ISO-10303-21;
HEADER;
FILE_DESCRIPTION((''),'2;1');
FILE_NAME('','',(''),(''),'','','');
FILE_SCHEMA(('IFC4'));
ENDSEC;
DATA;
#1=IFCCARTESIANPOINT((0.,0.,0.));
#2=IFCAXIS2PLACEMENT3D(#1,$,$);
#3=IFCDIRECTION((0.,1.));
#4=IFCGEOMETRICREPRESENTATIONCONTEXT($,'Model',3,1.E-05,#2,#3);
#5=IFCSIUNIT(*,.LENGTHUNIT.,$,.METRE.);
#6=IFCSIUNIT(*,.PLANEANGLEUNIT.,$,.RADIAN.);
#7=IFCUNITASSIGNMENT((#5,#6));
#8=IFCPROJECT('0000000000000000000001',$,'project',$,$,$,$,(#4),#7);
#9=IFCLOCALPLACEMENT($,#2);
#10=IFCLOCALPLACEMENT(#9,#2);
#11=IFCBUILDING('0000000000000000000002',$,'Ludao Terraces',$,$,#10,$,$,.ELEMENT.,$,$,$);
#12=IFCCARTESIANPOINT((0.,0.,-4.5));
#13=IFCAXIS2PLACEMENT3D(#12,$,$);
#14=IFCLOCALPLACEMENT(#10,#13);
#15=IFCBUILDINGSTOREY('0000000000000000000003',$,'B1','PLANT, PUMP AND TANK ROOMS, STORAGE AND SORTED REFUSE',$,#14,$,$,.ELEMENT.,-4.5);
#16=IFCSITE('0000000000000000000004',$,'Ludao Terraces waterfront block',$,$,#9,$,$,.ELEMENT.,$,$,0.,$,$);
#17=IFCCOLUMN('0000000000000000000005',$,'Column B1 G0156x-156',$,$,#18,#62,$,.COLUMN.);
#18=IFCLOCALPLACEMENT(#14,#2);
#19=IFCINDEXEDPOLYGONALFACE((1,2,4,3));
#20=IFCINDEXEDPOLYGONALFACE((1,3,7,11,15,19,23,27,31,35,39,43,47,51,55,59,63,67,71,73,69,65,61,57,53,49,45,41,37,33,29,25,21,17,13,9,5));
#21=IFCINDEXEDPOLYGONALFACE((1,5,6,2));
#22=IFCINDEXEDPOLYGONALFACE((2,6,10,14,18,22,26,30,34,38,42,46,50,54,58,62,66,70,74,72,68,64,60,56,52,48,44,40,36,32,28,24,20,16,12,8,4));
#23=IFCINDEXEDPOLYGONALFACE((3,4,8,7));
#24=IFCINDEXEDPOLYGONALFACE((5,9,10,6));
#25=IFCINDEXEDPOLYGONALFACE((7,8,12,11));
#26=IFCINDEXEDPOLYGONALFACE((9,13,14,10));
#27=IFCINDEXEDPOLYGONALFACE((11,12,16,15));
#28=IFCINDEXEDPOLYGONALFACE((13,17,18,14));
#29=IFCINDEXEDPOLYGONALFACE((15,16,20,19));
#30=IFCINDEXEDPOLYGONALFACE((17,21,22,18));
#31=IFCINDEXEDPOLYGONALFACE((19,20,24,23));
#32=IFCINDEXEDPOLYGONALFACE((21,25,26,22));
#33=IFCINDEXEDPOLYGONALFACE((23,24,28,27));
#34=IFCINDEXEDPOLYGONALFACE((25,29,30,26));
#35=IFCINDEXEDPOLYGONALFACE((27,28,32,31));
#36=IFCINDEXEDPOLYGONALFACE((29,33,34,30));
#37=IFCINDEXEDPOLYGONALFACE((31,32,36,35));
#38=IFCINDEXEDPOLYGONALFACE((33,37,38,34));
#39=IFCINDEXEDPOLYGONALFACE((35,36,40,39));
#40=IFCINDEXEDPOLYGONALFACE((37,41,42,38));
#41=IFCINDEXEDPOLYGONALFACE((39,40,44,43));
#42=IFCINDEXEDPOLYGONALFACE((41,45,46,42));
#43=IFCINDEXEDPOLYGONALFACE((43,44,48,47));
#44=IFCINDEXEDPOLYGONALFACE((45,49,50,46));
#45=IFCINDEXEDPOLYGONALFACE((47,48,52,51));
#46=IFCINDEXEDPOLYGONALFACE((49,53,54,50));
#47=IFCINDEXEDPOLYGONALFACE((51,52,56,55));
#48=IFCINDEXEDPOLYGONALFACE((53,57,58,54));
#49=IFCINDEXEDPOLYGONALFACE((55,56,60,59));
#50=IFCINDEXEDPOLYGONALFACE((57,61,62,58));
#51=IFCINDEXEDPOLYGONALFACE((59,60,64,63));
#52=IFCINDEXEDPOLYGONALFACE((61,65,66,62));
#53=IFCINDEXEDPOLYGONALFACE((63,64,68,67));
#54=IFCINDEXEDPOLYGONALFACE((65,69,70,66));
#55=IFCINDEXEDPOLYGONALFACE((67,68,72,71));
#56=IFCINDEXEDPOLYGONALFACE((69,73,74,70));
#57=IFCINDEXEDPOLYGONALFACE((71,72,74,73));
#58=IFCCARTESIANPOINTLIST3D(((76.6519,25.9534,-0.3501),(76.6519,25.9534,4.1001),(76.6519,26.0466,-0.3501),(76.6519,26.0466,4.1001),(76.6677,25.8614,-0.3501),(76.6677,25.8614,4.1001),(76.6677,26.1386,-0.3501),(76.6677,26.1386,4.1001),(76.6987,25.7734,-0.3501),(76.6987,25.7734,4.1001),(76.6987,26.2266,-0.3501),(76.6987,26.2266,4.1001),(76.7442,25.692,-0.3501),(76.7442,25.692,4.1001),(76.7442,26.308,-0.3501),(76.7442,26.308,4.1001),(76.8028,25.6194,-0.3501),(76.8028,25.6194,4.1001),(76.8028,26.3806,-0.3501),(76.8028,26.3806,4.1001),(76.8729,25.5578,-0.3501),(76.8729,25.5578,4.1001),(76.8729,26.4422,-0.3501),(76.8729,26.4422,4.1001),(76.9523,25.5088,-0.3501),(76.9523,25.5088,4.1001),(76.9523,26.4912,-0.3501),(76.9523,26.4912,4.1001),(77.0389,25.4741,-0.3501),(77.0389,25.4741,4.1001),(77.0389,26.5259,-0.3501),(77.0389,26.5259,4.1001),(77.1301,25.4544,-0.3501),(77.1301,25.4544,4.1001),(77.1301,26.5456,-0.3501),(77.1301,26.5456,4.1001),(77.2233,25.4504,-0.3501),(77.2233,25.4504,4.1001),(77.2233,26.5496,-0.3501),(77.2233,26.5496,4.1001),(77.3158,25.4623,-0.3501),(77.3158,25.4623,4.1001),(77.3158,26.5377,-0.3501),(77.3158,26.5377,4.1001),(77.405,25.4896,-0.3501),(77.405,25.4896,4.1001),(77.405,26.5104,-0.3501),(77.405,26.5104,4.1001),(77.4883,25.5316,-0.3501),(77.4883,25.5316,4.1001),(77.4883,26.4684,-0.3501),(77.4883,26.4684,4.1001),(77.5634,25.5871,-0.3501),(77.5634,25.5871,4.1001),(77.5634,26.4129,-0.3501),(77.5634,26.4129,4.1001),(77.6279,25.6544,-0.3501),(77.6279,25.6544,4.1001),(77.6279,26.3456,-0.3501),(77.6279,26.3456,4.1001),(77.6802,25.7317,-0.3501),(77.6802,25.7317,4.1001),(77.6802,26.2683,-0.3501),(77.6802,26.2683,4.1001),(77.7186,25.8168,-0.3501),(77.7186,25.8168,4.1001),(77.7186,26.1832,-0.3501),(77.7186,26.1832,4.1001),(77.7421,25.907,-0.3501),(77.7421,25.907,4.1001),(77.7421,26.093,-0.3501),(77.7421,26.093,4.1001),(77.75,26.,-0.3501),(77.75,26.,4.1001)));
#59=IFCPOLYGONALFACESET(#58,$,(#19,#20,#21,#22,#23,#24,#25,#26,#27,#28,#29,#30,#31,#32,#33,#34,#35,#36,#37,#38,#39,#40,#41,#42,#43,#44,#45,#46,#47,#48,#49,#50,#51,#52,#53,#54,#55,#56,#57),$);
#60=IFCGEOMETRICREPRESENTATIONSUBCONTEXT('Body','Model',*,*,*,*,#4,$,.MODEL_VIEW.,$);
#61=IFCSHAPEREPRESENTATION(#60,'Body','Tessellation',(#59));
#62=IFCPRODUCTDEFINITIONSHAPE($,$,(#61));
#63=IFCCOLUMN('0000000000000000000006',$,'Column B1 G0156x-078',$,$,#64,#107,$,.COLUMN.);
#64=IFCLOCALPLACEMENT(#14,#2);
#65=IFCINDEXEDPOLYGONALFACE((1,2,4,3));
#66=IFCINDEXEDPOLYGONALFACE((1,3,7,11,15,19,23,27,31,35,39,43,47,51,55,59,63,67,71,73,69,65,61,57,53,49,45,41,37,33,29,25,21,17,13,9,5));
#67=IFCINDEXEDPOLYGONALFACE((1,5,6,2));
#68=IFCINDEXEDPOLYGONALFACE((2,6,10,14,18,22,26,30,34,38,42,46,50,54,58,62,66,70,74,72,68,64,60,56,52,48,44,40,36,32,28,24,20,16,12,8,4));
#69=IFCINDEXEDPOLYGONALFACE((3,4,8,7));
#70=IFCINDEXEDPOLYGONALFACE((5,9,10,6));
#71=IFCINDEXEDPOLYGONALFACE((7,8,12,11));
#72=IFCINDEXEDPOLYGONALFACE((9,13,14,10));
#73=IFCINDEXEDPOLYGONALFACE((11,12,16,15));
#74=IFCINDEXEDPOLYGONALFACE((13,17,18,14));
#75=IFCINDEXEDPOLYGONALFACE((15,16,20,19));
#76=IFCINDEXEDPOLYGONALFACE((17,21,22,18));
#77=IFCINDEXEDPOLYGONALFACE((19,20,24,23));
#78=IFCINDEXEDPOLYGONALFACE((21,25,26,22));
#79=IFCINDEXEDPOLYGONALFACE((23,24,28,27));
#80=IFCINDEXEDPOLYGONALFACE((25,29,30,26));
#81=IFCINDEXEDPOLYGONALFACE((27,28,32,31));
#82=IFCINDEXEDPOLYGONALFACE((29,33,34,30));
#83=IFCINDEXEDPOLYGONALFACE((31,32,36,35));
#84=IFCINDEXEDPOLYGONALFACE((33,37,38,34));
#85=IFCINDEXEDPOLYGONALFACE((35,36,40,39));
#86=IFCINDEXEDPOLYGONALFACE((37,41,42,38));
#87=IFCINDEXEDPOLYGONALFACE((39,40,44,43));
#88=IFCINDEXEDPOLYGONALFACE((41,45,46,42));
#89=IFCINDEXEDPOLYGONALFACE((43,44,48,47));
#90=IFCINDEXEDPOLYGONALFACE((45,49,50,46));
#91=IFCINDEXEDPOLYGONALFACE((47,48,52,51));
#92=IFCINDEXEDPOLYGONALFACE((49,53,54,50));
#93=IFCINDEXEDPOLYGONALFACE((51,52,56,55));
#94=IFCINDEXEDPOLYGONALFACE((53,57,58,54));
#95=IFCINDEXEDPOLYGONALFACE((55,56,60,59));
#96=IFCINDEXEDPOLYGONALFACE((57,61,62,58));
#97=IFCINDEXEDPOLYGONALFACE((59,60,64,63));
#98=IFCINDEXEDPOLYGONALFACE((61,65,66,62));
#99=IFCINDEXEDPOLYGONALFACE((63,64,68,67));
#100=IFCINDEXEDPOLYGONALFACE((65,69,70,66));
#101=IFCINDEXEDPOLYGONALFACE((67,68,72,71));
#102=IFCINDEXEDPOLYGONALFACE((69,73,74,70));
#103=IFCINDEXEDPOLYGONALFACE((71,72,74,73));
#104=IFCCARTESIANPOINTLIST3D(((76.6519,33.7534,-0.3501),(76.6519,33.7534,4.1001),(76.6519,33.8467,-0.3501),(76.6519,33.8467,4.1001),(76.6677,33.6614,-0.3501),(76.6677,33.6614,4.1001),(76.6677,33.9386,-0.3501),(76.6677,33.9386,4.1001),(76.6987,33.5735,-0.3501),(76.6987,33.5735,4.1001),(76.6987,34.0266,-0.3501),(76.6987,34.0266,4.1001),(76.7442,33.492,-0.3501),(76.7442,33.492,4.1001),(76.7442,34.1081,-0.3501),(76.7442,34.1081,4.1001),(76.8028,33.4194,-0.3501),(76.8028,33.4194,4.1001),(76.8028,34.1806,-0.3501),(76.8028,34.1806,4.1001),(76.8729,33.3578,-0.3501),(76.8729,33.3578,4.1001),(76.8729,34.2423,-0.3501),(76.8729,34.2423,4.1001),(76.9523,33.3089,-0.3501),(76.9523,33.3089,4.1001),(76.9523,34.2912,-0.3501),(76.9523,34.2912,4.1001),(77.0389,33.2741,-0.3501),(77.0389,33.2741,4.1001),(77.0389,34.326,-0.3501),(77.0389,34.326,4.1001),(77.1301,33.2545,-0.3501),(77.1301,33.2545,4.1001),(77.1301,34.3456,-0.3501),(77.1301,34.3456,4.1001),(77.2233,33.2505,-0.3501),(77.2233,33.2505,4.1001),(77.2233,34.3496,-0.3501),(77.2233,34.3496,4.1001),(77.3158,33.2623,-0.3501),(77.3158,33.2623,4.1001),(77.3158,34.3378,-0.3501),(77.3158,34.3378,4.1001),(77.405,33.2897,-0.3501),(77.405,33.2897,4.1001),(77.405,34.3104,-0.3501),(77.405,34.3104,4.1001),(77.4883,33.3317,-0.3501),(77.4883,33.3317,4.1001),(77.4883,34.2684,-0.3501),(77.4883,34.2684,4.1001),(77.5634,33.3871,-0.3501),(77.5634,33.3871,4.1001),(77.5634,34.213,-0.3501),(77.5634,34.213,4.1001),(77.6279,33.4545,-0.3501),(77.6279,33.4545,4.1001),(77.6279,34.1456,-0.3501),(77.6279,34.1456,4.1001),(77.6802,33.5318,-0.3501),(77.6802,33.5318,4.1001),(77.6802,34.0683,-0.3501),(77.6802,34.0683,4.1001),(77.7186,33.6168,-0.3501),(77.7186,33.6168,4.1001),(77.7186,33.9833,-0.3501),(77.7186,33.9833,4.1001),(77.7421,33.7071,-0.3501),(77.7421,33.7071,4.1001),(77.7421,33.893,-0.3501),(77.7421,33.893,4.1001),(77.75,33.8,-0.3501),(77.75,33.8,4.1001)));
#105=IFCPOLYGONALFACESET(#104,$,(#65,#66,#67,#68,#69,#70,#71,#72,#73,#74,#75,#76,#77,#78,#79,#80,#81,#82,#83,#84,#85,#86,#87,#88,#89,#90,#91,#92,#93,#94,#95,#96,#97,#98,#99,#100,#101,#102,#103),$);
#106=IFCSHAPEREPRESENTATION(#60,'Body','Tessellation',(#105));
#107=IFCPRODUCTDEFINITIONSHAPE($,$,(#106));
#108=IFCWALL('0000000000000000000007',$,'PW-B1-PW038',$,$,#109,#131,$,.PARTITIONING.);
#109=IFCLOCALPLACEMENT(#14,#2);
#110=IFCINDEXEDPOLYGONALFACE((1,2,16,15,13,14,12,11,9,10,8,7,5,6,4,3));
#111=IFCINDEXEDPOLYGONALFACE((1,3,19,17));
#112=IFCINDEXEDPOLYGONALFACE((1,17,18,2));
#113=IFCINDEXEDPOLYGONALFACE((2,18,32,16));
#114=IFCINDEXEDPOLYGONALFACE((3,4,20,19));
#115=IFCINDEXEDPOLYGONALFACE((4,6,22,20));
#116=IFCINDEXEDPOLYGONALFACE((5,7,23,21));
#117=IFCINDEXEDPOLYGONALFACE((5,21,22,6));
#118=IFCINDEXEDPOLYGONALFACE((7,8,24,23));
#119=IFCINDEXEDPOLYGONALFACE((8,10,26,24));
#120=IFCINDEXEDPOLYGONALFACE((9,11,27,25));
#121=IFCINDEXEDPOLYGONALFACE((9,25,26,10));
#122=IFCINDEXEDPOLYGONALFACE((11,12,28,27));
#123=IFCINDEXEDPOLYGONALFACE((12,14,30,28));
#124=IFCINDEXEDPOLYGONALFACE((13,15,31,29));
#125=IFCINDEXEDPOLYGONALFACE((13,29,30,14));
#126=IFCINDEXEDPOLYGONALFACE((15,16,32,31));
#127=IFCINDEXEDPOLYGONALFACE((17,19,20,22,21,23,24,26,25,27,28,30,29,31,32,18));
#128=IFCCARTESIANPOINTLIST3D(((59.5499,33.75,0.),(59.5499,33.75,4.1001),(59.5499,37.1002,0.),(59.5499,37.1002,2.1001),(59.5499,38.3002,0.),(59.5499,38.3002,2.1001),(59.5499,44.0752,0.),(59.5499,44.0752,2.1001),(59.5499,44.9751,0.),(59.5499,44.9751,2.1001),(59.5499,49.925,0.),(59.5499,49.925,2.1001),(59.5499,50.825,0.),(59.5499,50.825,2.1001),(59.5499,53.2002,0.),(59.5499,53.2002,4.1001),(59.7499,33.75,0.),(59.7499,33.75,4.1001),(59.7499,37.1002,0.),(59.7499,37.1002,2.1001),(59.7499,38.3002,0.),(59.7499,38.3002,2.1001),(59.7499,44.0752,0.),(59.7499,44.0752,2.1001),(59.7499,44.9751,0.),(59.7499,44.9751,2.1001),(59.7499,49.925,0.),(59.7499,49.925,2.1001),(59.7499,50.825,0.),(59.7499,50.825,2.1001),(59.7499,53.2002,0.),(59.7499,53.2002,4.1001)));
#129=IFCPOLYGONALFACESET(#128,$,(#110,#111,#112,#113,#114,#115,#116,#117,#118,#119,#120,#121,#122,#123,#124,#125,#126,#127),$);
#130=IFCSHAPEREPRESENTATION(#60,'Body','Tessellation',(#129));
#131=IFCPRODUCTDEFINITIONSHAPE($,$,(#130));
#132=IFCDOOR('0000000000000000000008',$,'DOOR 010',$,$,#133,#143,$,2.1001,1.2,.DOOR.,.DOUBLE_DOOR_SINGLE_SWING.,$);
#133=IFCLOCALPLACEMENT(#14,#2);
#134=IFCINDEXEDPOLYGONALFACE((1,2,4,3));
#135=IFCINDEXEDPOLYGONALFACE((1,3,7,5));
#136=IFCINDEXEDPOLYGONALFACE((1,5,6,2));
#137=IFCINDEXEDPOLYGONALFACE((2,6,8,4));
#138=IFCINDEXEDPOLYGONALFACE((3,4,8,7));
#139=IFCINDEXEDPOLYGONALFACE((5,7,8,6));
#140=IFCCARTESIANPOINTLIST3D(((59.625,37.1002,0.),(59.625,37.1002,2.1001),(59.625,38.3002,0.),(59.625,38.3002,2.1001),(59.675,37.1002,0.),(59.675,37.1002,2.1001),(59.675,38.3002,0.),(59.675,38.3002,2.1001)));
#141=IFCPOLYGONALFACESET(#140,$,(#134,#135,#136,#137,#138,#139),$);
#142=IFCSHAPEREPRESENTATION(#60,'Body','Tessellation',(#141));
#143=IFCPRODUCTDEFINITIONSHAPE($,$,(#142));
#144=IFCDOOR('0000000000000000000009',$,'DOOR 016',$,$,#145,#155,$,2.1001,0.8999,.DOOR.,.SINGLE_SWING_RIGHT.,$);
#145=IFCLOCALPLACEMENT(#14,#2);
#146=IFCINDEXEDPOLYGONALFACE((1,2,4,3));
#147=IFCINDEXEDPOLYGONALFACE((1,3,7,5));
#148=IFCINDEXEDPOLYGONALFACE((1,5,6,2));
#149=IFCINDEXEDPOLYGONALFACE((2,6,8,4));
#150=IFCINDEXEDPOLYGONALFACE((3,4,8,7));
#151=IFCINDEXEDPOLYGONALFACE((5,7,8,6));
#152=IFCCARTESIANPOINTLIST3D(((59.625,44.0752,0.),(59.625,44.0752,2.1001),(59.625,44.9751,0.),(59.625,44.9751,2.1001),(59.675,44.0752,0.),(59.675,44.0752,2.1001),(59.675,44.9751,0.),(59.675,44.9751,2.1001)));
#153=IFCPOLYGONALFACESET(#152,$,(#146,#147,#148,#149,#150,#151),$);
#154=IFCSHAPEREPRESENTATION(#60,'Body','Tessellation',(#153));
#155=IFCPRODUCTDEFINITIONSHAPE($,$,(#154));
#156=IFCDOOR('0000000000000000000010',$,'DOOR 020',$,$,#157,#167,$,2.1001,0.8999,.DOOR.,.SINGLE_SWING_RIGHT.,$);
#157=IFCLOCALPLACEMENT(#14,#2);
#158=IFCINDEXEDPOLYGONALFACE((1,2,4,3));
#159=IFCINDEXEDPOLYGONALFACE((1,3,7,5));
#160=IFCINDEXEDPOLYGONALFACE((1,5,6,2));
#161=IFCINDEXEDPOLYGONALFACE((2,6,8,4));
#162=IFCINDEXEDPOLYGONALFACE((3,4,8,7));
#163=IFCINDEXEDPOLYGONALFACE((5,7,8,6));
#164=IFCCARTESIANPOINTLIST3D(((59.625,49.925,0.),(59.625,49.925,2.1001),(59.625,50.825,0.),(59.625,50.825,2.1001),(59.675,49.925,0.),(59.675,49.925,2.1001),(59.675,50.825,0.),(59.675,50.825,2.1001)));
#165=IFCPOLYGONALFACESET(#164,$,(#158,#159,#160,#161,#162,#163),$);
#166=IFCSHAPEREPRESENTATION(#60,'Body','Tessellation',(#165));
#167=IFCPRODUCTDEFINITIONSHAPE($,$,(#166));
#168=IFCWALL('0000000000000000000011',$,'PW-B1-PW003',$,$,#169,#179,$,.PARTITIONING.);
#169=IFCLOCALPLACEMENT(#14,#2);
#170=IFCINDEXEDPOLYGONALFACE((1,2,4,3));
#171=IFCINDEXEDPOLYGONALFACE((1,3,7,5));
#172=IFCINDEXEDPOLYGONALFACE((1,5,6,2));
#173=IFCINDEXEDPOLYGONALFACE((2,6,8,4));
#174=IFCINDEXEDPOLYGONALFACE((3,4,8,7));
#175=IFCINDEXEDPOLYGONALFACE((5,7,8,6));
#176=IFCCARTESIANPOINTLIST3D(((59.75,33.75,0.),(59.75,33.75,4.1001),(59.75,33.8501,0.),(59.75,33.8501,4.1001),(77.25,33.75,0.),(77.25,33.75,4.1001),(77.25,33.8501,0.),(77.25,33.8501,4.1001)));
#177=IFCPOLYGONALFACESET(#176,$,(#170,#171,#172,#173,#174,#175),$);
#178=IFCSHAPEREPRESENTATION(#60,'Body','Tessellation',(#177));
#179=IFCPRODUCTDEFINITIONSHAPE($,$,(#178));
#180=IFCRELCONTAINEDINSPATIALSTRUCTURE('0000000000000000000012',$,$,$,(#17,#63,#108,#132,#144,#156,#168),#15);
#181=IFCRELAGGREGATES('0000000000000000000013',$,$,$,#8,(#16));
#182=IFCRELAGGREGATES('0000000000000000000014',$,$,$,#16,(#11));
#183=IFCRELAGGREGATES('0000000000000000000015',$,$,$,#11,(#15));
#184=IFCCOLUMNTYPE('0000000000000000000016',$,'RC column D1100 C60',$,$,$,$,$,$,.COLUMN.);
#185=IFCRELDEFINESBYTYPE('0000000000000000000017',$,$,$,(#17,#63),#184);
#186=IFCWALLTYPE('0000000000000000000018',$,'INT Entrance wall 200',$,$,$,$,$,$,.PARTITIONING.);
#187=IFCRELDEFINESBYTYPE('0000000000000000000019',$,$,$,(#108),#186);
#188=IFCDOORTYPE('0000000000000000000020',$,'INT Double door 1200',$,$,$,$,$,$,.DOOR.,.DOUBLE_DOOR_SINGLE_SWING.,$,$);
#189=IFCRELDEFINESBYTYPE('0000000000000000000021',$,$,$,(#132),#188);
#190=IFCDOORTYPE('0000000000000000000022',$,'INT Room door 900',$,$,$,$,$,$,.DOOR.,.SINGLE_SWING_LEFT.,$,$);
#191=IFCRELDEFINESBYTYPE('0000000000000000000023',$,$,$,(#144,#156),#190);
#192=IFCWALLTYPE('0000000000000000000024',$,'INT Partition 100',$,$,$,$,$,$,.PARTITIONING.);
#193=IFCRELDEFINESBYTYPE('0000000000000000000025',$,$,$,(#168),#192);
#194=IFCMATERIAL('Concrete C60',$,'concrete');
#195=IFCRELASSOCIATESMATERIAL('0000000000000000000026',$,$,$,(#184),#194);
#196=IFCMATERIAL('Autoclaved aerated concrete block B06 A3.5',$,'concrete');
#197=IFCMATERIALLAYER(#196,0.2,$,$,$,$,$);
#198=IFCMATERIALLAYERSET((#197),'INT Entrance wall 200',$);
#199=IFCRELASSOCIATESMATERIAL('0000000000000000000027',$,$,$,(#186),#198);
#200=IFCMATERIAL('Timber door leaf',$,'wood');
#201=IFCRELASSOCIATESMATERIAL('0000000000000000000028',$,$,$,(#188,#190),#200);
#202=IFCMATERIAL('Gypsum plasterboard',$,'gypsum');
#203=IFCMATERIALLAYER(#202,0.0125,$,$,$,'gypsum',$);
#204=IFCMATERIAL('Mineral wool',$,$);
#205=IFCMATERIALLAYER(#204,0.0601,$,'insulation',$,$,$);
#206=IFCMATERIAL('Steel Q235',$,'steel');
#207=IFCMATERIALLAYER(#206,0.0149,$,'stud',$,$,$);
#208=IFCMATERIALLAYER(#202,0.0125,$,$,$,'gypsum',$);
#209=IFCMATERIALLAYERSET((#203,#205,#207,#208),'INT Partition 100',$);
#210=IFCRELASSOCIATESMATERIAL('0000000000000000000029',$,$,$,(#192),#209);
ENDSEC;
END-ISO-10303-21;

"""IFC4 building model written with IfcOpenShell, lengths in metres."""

from ifc_helpers import new_model, si_unit, direction, frame, frame_2d, origin, origin_2d, place, context, subcontext, project, spatial, rectangle, circle, extrude, material, layer, layer_set, material_profile, profile_set, type_object, element, fill, save


model = new_model("IFC4")

# Units and contexts
model_context = context("Model", 3, precision=1e-05, world=origin(), true_north=direction((0.0, 1.0)))
body_context = subcontext(model_context, "Body", "Model", "MODEL_VIEW")
ifc_project = project(units=[si_unit("LENGTHUNIT", "METRE"), si_unit("PLANEANGLEUNIT", "RADIAN")], contexts=[model_context])

# Site, building, storey
site_placement = place(None, origin())
site = spatial("IfcSite", under=ifc_project, at=site_placement, Name="Ludao Terraces waterfront block", CompositionType="ELEMENT", RefElevation=0.0)
building_placement = place(site_placement, origin())
building = spatial("IfcBuilding", under=site, at=building_placement, Name="Ludao Terraces", CompositionType="ELEMENT")
storey_placement = place(building_placement, frame((0.0, 0.0, -4.5)))
storey = spatial("IfcBuildingStorey", under=building, at=storey_placement, Name="B1", Description="PLANT, PUMP AND TANK ROOMS, STORAGE AND SORTED REFUSE", CompositionType="ELEMENT", Elevation=-4.5)

# Columns
ifc_material_1 = material(Name="Concrete C60", Category="concrete")
ifc_material_profile_1 = material_profile(ifc_material_1, circle(Radius=0.55, at=origin_2d()), Name="D1100")
ifc_profile_set_1 = profile_set([ifc_material_profile_1], Name="Concrete C60")
column_type_1 = type_object("IfcColumnType", Name="RC column D1100 C60", PredefinedType="COLUMN", material=ifc_profile_set_1)
for number, where, z_axis, x_axis, name in (
    (1, (77.2, 26.0, -0.3501), (0.0, 0.0, 1.0), (1.0, 0.0, 0.0), "Column B1 G0156x-156"),
    (2, (77.2, 33.8, -0.3501), (0.0, 0.0, 1.0), (1.0, 0.0, 0.0), "Column B1 G0156x-078"),
):
    element("IfcColumn", number, at=place(storey_placement, frame(where, z_axis=z_axis, x_axis=x_axis)), inside=storey, type_object=column_type_1, Name=name, PredefinedType="COLUMN", context=body_context, shape_type="SweptSolid", body=[
        extrude(circle(Radius=0.55, at=origin_2d()), origin(), (0.0, 0.0, 1.0), 4.4502),
    ])

# Wall, openings, doors
ifc_material_2 = material(Name="Autoclaved aerated concrete block B06 A3.5", Category="concrete")
ifc_layer_1 = layer(ifc_material_2, 0.2)
ifc_layer_set_1 = layer_set([ifc_layer_1], Name="INT Entrance wall 200")
wall_type_1 = type_object("IfcWallType", Name="INT Entrance wall 200", PredefinedType="PARTITIONING", material=ifc_layer_set_1)
wall_1_placement = place(storey_placement, frame((59.6499, 33.75, 0.0), z_axis=(0.0, 0.0, 1.0), x_axis=(0.0, 1.0, 0.0)))
wall_1 = element("IfcWall", 3, at=wall_1_placement, inside=storey, type_object=wall_type_1, Name="PW-B1-PW038", PredefinedType="PARTITIONING", context=body_context, shape_type="SweptSolid", body=[
    extrude(rectangle(XDim=19.4502, YDim=0.2, at=frame_2d((9.7251, 0.0))), origin(), (0.0, 0.0, 1.0), 4.1001),
])
opening_1_placement = place(wall_1_placement, frame((3.3501, 0.0, 0.0)))
opening_1 = element("IfcOpeningElement", 4, at=opening_1_placement, cuts=wall_1, PredefinedType="OPENING", context=body_context, shape_type="SweptSolid", body=[
    extrude(rectangle(XDim=1.2, YDim=2.1001, at=frame_2d((0.6001, 1.05))), frame((0.0, 0.1099, 0.0), z_axis=(0.0, -1.0, 0.0), x_axis=(1.0, 0.0, 0.0)), (0.0, 0.0, 1.0), 0.22),
])
opening_2_placement = place(wall_1_placement, frame((10.3252, 0.0, 0.0)))
opening_2 = element("IfcOpeningElement", 5, at=opening_2_placement, cuts=wall_1, PredefinedType="OPENING", context=body_context, shape_type="SweptSolid", body=[
    extrude(rectangle(XDim=0.8999, YDim=2.1001, at=frame_2d((0.45, 1.05))), frame((0.0, 0.1099, 0.0), z_axis=(0.0, -1.0, 0.0), x_axis=(1.0, 0.0, 0.0)), (0.0, 0.0, 1.0), 0.22),
])
opening_3_placement = place(wall_1_placement, frame((16.175, 0.0, 0.0)))
opening_3 = element("IfcOpeningElement", 6, at=opening_3_placement, cuts=wall_1, PredefinedType="OPENING", context=body_context, shape_type="SweptSolid", body=[
    extrude(rectangle(XDim=0.8999, YDim=2.1001, at=frame_2d((0.45, 1.05))), frame((0.0, 0.1099, 0.0), z_axis=(0.0, -1.0, 0.0), x_axis=(1.0, 0.0, 0.0)), (0.0, 0.0, 1.0), 0.22),
])
ifc_material_3 = material(Name="Timber door leaf", Category="wood")
door_type_1 = type_object("IfcDoorType", Name="INT Double door 1200", OperationType="DOUBLE_DOOR_SINGLE_SWING", PredefinedType="DOOR", material=ifc_material_3)
door_1_placement = place(opening_1_placement, origin())
door_1 = element("IfcDoor", 7, at=door_1_placement, inside=storey, type_object=door_type_1, Name="DOOR 010", OperationType="DOUBLE_DOOR_SINGLE_SWING", OverallHeight=2.1001, OverallWidth=1.2, PredefinedType="DOOR", context=body_context, shape_type="SweptSolid", body=[
    extrude(rectangle(XDim=1.2, YDim=2.1001, at=frame_2d((0.6001, 1.05))), frame((0.0, 0.0249, 0.0), z_axis=(0.0, -1.0, 0.0), x_axis=(1.0, 0.0, 0.0)), (0.0, 0.0, 1.0), 0.05),
])
fill(opening_1, door_1)
door_type_2 = type_object("IfcDoorType", Name="INT Room door 900", OperationType="SINGLE_SWING_LEFT", PredefinedType="DOOR", material=ifc_material_3)
door_2_placement = place(opening_2_placement, origin())
door_2 = element("IfcDoor", 8, at=door_2_placement, inside=storey, type_object=door_type_2, Name="DOOR 016", OperationType="SINGLE_SWING_RIGHT", OverallHeight=2.1001, OverallWidth=0.8999, PredefinedType="DOOR", context=body_context, shape_type="SweptSolid", body=[
    extrude(rectangle(XDim=0.8999, YDim=2.1001, at=frame_2d((0.45, 1.05))), frame((0.0, 0.0249, 0.0), z_axis=(0.0, -1.0, 0.0), x_axis=(1.0, 0.0, 0.0)), (0.0, 0.0, 1.0), 0.05),
])
fill(opening_2, door_2)
door_3_placement = place(opening_3_placement, origin())
door_3 = element("IfcDoor", 9, at=door_3_placement, inside=storey, type_object=door_type_2, Name="DOOR 020", OperationType="SINGLE_SWING_RIGHT", OverallHeight=2.1001, OverallWidth=0.8999, PredefinedType="DOOR", context=body_context, shape_type="SweptSolid", body=[
    extrude(rectangle(XDim=0.8999, YDim=2.1001, at=frame_2d((0.45, 1.05))), frame((0.0, 0.0249, 0.0), z_axis=(0.0, -1.0, 0.0), x_axis=(1.0, 0.0, 0.0)), (0.0, 0.0, 1.0), 0.05),
])
fill(opening_3, door_3)

# Wall
ifc_material_4 = material(Name="Gypsum plasterboard", Category="gypsum")
ifc_layer_2 = layer(ifc_material_4, 0.0125, Category="gypsum")
ifc_material_5 = material(Name="Mineral wool")
ifc_layer_3 = layer(ifc_material_5, 0.0601, Name="insulation")
ifc_material_6 = material(Name="Steel Q235", Category="steel")
ifc_layer_4 = layer(ifc_material_6, 0.0149, Name="stud")
ifc_layer_5 = layer(ifc_material_4, 0.0125, Category="gypsum")
ifc_layer_set_2 = layer_set([ifc_layer_2, ifc_layer_3, ifc_layer_4, ifc_layer_5], Name="INT Partition 100")
wall_type_2 = type_object("IfcWallType", Name="INT Partition 100", PredefinedType="PARTITIONING", material=ifc_layer_set_2)
wall_2_placement = place(storey_placement, frame((59.75, 33.8, 0.0), z_axis=(0.0, 0.0, 1.0), x_axis=(1.0, 0.0, 0.0)))
element("IfcWall", 10, at=wall_2_placement, inside=storey, type_object=wall_type_2, Name="PW-B1-PW003", PredefinedType="PARTITIONING", context=body_context, shape_type="SweptSolid", body=[
    extrude(rectangle(XDim=17.5, YDim=0.1001, at=frame_2d((8.75, 0.0))), origin(), (0.0, 0.0, 1.0), 4.1001),
])

save(model, "model.ifc")
